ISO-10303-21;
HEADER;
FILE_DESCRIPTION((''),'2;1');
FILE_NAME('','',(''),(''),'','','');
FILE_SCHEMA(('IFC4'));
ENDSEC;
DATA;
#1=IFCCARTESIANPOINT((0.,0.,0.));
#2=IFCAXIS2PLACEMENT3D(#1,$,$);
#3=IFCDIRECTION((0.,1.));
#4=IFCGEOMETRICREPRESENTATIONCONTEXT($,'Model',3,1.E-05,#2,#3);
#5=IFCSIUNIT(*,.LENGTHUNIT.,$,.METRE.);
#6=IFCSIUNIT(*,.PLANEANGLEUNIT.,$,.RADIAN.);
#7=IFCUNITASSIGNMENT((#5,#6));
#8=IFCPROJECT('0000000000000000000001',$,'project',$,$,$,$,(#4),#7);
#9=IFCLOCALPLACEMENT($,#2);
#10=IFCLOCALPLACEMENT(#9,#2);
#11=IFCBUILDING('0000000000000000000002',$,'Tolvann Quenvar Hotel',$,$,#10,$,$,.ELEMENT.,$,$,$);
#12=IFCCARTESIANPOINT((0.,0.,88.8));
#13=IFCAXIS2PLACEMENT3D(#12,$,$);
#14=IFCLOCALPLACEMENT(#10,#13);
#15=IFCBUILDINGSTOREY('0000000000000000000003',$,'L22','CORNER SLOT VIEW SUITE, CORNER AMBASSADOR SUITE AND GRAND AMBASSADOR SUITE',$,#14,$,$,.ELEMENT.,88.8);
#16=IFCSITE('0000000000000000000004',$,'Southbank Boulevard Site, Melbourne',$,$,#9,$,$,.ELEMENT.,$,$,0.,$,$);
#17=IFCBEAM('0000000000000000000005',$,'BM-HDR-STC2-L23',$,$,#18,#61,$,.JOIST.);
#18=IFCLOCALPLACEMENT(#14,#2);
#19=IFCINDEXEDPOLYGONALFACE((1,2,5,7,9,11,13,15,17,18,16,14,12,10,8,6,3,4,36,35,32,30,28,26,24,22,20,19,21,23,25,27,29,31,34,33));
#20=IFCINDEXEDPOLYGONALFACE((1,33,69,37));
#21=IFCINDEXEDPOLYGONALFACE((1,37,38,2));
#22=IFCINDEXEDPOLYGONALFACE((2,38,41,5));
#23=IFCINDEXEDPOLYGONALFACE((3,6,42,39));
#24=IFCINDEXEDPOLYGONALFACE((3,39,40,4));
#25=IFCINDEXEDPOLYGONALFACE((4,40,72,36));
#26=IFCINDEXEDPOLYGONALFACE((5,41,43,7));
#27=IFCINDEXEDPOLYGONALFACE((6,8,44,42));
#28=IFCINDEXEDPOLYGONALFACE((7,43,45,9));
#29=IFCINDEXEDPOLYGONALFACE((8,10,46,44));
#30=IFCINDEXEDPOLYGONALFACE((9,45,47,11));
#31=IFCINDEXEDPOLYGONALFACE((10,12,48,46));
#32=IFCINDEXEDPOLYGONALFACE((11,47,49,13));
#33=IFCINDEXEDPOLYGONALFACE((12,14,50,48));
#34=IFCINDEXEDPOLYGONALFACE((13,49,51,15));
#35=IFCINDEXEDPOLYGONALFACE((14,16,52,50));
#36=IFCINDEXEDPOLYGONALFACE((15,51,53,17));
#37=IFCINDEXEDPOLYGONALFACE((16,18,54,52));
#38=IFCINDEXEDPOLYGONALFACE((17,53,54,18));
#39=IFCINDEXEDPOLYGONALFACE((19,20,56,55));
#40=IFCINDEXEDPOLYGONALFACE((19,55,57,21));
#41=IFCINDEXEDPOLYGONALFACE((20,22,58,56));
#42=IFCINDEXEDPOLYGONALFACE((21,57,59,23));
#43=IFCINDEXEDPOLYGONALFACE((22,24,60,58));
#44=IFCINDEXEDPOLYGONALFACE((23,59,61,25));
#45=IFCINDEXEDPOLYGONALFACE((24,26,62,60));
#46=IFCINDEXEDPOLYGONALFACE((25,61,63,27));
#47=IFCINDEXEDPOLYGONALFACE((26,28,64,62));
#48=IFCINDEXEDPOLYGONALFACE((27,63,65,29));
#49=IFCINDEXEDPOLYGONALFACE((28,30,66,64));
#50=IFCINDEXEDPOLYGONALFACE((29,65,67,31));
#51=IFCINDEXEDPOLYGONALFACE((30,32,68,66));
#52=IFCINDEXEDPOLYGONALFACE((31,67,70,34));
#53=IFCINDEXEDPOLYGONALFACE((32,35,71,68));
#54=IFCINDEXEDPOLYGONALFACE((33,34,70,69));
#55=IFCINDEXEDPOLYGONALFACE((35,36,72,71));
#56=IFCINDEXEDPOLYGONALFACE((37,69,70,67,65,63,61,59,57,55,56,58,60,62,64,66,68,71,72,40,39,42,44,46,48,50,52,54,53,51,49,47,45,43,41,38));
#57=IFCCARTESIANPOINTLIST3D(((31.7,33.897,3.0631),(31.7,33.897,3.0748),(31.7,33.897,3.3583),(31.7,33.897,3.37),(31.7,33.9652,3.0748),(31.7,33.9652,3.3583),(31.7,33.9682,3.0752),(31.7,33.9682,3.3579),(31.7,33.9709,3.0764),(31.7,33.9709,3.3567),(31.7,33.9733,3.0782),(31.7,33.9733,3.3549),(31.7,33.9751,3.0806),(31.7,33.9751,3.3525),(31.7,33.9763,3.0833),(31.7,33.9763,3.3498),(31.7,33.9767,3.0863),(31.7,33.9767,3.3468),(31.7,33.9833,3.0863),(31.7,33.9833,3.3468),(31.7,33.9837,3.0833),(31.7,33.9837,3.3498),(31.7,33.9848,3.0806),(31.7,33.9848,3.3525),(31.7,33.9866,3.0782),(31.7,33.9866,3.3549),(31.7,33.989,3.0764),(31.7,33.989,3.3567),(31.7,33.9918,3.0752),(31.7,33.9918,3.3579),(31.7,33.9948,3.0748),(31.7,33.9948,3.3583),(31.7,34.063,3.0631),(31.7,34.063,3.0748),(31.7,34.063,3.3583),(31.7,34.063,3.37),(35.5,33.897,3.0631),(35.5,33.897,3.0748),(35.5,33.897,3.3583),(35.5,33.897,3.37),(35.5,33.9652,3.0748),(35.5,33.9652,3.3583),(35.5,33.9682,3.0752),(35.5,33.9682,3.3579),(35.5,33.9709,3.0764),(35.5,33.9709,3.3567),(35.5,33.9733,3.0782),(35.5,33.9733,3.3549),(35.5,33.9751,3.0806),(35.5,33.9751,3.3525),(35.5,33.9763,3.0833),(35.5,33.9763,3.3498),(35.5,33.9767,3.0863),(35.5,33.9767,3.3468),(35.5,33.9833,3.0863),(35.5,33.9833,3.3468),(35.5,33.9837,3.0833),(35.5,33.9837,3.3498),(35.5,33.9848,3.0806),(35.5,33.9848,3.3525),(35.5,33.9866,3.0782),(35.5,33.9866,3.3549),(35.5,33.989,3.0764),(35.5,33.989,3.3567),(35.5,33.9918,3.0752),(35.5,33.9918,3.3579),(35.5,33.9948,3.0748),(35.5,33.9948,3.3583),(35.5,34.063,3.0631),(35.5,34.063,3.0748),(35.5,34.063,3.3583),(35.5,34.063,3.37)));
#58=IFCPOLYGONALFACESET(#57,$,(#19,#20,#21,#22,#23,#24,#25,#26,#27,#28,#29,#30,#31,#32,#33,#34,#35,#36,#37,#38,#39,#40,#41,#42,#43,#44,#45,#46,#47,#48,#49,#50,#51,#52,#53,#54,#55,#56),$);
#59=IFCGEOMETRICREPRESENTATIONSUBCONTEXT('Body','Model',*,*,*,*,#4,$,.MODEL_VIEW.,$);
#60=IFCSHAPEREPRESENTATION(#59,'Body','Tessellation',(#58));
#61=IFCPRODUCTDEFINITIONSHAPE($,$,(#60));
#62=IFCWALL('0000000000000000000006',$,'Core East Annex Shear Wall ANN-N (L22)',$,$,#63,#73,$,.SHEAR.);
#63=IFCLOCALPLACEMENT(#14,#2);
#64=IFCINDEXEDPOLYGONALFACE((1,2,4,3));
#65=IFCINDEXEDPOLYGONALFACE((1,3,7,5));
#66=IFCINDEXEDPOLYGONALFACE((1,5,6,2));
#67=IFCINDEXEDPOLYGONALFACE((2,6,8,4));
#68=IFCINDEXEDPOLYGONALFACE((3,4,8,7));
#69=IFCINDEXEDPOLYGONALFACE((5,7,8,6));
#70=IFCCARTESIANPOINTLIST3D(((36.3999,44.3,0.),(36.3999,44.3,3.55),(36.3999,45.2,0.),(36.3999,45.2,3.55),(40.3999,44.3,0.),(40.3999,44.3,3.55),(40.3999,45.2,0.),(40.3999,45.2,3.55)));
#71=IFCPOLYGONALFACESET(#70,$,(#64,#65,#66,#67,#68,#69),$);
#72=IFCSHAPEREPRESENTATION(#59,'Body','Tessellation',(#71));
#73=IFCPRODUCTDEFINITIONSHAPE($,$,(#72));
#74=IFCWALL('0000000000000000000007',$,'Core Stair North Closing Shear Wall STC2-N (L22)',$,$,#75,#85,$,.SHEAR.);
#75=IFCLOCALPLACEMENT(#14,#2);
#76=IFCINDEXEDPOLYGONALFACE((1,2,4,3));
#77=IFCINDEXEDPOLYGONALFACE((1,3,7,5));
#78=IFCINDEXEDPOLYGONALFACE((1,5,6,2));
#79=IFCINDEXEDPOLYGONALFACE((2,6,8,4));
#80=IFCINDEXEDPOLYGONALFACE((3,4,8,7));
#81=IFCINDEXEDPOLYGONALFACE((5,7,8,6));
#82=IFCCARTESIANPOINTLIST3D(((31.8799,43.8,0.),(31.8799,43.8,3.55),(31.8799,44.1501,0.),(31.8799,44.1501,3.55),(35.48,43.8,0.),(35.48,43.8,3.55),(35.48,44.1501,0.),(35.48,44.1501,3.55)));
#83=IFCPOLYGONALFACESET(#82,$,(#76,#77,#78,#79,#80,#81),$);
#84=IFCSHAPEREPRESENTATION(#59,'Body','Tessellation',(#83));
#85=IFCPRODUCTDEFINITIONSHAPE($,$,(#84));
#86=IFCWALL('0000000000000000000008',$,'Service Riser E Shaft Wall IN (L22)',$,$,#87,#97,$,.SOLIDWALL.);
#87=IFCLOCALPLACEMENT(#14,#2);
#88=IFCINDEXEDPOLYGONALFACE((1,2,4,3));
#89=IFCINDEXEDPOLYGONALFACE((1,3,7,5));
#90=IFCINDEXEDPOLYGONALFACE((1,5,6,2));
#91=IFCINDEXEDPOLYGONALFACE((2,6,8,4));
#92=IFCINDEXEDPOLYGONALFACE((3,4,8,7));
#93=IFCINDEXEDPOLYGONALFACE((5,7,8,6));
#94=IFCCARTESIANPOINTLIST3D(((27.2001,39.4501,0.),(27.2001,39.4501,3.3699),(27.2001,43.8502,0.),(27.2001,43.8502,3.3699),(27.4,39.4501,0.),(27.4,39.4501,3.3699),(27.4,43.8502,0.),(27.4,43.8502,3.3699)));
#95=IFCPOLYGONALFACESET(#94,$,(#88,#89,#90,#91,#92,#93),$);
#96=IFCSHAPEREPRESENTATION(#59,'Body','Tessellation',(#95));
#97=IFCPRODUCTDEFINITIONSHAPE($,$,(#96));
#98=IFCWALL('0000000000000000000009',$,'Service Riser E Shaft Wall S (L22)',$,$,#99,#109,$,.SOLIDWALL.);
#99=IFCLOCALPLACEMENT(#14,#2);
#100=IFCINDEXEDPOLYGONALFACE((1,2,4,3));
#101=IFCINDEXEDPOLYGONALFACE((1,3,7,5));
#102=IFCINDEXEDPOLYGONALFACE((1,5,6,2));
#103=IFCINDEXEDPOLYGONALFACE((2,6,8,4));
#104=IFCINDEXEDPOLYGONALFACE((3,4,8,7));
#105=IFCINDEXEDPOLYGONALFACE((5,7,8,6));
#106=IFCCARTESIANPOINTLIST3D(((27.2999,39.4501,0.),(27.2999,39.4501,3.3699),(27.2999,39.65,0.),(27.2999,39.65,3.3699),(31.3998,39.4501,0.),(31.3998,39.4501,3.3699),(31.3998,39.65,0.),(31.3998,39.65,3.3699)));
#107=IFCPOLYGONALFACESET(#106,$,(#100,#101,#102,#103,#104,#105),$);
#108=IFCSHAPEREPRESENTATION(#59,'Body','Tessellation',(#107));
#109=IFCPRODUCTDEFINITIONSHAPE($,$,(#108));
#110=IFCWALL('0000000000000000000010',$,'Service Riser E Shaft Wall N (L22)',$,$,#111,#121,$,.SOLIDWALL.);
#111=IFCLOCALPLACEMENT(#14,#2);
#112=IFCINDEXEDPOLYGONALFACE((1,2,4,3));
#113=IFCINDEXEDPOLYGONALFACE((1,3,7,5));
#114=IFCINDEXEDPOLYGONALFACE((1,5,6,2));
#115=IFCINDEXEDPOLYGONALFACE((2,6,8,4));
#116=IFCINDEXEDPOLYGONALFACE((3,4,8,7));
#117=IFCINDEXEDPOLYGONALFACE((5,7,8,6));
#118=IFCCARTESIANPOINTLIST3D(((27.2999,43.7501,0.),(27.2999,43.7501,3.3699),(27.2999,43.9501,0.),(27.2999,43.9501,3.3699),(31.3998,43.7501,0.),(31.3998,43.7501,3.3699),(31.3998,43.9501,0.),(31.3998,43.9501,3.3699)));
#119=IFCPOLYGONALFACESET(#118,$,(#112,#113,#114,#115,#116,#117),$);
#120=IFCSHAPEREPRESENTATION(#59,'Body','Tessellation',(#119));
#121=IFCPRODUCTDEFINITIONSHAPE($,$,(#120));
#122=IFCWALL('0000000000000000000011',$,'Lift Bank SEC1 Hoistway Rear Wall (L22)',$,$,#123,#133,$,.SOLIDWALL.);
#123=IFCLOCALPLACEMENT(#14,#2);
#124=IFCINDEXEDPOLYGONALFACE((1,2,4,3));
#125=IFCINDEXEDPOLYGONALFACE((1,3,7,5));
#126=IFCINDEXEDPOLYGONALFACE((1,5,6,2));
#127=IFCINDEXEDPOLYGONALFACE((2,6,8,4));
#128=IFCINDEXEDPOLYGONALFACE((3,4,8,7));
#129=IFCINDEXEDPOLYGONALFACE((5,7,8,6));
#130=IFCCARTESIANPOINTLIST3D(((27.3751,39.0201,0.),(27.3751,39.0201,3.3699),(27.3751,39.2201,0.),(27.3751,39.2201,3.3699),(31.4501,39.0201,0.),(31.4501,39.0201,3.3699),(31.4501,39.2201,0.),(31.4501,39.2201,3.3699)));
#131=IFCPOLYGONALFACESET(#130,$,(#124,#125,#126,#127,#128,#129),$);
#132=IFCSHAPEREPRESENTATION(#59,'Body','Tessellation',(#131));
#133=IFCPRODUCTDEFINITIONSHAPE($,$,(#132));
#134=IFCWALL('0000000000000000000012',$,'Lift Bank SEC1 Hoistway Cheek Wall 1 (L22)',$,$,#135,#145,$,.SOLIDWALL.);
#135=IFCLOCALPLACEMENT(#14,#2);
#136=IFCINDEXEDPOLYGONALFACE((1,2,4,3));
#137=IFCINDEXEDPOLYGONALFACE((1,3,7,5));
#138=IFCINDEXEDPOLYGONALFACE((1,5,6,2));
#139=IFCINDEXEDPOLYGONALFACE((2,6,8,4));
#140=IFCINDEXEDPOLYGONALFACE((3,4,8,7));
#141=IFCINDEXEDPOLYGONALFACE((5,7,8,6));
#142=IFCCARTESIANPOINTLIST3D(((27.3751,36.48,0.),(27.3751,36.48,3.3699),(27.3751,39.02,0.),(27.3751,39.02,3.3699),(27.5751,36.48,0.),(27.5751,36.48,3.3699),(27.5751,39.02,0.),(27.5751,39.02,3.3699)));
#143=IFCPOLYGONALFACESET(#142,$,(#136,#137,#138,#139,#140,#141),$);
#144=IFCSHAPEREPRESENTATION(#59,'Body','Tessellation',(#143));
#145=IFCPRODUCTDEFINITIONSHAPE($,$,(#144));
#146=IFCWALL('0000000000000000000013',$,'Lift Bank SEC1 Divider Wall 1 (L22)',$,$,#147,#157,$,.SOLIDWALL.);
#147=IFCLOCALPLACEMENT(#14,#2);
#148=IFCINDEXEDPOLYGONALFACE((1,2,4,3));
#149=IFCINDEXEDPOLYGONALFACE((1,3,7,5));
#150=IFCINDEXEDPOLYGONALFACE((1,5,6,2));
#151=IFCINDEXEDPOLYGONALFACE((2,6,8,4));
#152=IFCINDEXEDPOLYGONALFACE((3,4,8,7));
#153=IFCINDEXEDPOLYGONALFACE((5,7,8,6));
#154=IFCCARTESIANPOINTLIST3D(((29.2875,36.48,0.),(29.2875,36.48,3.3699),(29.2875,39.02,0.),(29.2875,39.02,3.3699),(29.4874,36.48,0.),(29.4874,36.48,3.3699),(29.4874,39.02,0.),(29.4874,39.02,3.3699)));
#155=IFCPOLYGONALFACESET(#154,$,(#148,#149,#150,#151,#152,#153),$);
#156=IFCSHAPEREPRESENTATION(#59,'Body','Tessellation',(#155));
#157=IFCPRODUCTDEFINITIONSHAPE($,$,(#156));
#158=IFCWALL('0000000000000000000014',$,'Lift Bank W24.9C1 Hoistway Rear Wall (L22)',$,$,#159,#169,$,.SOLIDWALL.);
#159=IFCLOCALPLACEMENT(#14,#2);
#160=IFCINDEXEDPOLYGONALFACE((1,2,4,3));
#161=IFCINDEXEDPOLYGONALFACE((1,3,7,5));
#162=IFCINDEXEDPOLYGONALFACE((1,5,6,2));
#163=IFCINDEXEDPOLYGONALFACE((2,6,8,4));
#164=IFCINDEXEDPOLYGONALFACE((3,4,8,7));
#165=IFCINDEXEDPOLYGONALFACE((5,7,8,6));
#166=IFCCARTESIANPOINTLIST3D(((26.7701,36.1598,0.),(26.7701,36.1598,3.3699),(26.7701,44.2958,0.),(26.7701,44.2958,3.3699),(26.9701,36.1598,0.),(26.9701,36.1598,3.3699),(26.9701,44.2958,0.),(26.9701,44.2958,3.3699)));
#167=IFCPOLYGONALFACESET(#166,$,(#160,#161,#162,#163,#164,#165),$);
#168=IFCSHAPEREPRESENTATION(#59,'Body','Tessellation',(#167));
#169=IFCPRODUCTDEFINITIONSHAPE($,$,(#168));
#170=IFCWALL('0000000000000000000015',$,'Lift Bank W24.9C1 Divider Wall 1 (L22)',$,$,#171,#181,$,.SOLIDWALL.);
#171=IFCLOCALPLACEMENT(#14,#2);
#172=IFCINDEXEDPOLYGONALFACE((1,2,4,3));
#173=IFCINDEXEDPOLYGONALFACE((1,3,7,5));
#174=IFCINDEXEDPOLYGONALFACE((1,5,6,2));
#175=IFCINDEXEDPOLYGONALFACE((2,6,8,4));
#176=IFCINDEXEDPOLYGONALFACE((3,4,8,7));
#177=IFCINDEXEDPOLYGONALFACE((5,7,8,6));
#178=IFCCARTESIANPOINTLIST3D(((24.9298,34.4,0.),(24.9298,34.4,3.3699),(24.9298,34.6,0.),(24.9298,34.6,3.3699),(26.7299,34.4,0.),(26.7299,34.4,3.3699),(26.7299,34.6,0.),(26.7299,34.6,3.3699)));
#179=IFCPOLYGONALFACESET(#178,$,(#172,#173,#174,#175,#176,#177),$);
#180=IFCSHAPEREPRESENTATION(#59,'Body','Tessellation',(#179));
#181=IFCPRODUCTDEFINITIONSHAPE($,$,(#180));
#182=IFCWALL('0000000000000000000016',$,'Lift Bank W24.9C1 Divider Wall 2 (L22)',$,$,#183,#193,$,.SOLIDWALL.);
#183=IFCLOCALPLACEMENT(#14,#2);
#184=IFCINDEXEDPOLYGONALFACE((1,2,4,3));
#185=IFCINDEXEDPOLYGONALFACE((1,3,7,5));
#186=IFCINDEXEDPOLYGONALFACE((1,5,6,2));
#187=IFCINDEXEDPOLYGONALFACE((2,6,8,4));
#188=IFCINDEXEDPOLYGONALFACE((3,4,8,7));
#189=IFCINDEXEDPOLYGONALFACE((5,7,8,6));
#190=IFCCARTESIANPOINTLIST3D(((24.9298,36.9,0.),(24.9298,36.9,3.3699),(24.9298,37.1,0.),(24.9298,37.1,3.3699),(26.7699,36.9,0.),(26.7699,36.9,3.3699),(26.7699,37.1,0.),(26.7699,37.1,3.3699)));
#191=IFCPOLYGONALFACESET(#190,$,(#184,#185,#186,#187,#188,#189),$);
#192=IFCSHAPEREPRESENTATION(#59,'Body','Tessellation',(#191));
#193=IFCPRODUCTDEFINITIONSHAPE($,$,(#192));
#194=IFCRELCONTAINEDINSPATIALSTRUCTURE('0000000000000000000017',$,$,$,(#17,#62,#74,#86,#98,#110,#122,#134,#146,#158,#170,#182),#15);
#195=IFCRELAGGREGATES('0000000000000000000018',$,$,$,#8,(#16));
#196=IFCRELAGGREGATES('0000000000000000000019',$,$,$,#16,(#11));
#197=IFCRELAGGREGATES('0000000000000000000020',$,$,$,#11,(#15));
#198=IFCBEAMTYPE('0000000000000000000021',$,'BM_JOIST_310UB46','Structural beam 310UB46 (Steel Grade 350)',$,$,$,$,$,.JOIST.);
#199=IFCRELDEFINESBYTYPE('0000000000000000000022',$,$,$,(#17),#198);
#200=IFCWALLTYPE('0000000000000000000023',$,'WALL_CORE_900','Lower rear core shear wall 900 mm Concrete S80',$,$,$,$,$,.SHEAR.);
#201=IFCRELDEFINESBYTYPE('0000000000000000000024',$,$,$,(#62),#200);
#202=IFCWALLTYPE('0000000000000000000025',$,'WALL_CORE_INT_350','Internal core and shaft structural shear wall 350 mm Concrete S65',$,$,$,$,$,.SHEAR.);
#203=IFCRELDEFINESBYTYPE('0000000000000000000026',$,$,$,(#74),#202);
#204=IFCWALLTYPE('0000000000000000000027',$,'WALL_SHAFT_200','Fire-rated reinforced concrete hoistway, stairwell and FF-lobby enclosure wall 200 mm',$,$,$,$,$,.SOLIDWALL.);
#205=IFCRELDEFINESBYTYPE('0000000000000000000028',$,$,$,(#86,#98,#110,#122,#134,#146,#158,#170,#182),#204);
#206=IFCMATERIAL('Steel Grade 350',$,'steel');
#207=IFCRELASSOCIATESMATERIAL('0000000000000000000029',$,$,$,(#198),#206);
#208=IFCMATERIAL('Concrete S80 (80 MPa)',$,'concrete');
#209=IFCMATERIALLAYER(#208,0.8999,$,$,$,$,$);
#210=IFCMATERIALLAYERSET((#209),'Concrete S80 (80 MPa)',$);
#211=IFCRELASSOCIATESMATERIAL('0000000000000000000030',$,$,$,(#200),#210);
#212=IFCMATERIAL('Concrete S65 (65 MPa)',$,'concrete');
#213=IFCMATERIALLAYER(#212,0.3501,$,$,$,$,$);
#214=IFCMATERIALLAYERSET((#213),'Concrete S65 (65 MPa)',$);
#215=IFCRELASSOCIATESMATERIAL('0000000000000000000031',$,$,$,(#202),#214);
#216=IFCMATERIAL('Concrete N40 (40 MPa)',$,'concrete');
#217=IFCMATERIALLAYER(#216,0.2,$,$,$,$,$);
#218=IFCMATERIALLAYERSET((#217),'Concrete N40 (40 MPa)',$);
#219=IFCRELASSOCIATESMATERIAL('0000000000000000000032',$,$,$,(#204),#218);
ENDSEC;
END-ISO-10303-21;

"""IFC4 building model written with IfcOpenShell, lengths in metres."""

from ifc_helpers import new_model, si_unit, direction, frame, frame_2d, origin, origin_2d, place, context, subcontext, project, spatial, rectangle, i_section, extrude, source, transform, mapped, material, layer, layer_set, material_profile, profile_set, type_object, type_shapes, element, save


model = new_model("IFC4")

# Units and contexts
model_context = context("Model", 3, precision=1e-05, world=origin(), true_north=direction((0.0, 1.0)))
body_context = subcontext(model_context, "Body", "Model", "MODEL_VIEW")
ifc_project = project(units=[si_unit("LENGTHUNIT", "METRE"), si_unit("PLANEANGLEUNIT", "RADIAN")], contexts=[model_context])

# Site, building, storey
site_placement = place(None, origin())
site = spatial("IfcSite", under=ifc_project, at=site_placement, Name="Southbank Boulevard Site, Melbourne", CompositionType="ELEMENT", RefElevation=0.0)
building_placement = place(site_placement, origin())
building = spatial("IfcBuilding", under=site, at=building_placement, Name="Tolvann Quenvar Hotel", CompositionType="ELEMENT")
storey_placement = place(building_placement, frame((0.0, 0.0, 88.8)))
storey = spatial("IfcBuildingStorey", under=building, at=storey_placement, Name="L22", Description="CORNER SLOT VIEW SUITE, CORNER AMBASSADOR SUITE AND GRAND AMBASSADOR SUITE", CompositionType="ELEMENT", Elevation=88.8)

# Beam
ifc_material_1 = material(Name="Steel Grade 350", Category="steel")
ifc_material_profile = material_profile(ifc_material_1, i_section(OverallWidth=0.166, OverallDepth=0.3069, WebThickness=0.0066, FlangeThickness=0.0117, FilletRadius=0.0115, at=origin_2d()), Name="310UB46")
ifc_profile_set = profile_set([ifc_material_profile], Name="Steel Grade 350")
beam_type = type_object("IfcBeamType", Name="BM_JOIST_310UB46", Description="Structural beam 310UB46 (Steel Grade 350)", PredefinedType="JOIST", material=ifc_profile_set)
shared_shape_1 = source(origin(), body_context, "Body", "SweptSolid", [
    extrude(i_section(OverallWidth=0.166, OverallDepth=0.3069, WebThickness=0.0066, FlangeThickness=0.0117, FilletRadius=0.0115, at=origin_2d()), origin(), (0.0, 0.0, 1.0), 3.8),
])
type_shapes(beam_type, [shared_shape_1])
beam_placement = place(storey_placement, frame((31.7, 33.98, 3.2166), z_axis=(1.0, 0.0, 0.0), x_axis=(0.0, 1.0, 0.0)))
element("IfcBeam", 1, at=beam_placement, inside=storey, type_object=beam_type, Name="BM-HDR-STC2-L23", PredefinedType="JOIST", context=body_context, shape_type="MappedRepresentation", body=[
    mapped(shared_shape_1, transform((0.0, 0.0, 0.0), x_axis=(1.0, 0.0, 0.0), y_axis=(0.0, 1.0, 0.0), z_axis=(0.0, 0.0, 1.0), scale=1.0)),
])

# Walls
ifc_material_2 = material(Name="Concrete S80 (80 MPa)", Category="concrete")
ifc_layer_1 = layer(ifc_material_2, 0.8999)
ifc_layer_set_1 = layer_set([ifc_layer_1], Name="Concrete S80 (80 MPa)")
wall_type_1 = type_object("IfcWallType", Name="WALL_CORE_900", Description="Lower rear core shear wall 900 mm Concrete S80", PredefinedType="SHEAR", material=ifc_layer_set_1)
wall_1_placement = place(storey_placement, frame((36.3999, 44.75, 0.0), z_axis=(0.0, 0.0, 1.0), x_axis=(1.0, 0.0, 0.0)))
element("IfcWall", 2, at=wall_1_placement, inside=storey, type_object=wall_type_1, Name="Core East Annex Shear Wall ANN-N (L22)", PredefinedType="SHEAR", context=body_context, shape_type="SweptSolid", body=[
    extrude(rectangle(XDim=4.0, YDim=0.8999, at=frame_2d((2.0, 0.0))), origin(), (0.0, 0.0, 1.0), 3.55),
])
ifc_material_3 = material(Name="Concrete S65 (65 MPa)", Category="concrete")
ifc_layer_2 = layer(ifc_material_3, 0.3501)
ifc_layer_set_2 = layer_set([ifc_layer_2], Name="Concrete S65 (65 MPa)")
wall_type_2 = type_object("IfcWallType", Name="WALL_CORE_INT_350", Description="Internal core and shaft structural shear wall 350 mm Concrete S65", PredefinedType="SHEAR", material=ifc_layer_set_2)
wall_2_placement = place(storey_placement, frame((31.8799, 43.9751, 0.0), z_axis=(0.0, 0.0, 1.0), x_axis=(1.0, 0.0, 0.0)))
element("IfcWall", 3, at=wall_2_placement, inside=storey, type_object=wall_type_2, Name="Core Stair North Closing Shear Wall STC2-N (L22)", PredefinedType="SHEAR", context=body_context, shape_type="SweptSolid", body=[
    extrude(rectangle(XDim=3.6001, YDim=0.3501, at=frame_2d((1.8, 0.0))), origin(), (0.0, 0.0, 1.0), 3.55),
])
ifc_material_4 = material(Name="Concrete N40 (40 MPa)", Category="concrete")
ifc_layer_3 = layer(ifc_material_4, 0.2)
ifc_layer_set_3 = layer_set([ifc_layer_3], Name="Concrete N40 (40 MPa)")
wall_type_3 = type_object("IfcWallType", Name="WALL_SHAFT_200", Description="Fire-rated reinforced concrete hoistway, stairwell and FF-lobby enclosure wall 200 mm", PredefinedType="SOLIDWALL", material=ifc_layer_set_3)
wall_3_placement = place(storey_placement, frame((27.3, 39.45, 0.0), z_axis=(0.0, 0.0, 1.0), x_axis=(0.0, 1.0, 0.0)))
element("IfcWall", 4, at=wall_3_placement, inside=storey, type_object=wall_type_3, Name="Service Riser E Shaft Wall IN (L22)", PredefinedType="SOLIDWALL", context=body_context, shape_type="SweptSolid", body=[
    extrude(rectangle(XDim=4.4001, YDim=0.2, at=frame_2d((2.2002, 0.0))), origin(), (0.0, 0.0, 1.0), 3.3699),
])
for number, where, z_axis, x_axis, name in (
    (5, (27.3, 39.55, 0.0), (0.0, 0.0, 1.0), (1.0, 0.0, 0.0), "Service Riser E Shaft Wall S (L22)"),
    (6, (27.3, 43.8501, 0.0), (0.0, 0.0, 1.0), (1.0, 0.0, 0.0), "Service Riser E Shaft Wall N (L22)"),
):
    element("IfcWall", number, at=place(storey_placement, frame(where, z_axis=z_axis, x_axis=x_axis)), inside=storey, type_object=wall_type_3, Name=name, PredefinedType="SOLIDWALL", context=body_context, shape_type="SweptSolid", body=[
        extrude(rectangle(XDim=4.0999, YDim=0.2, at=frame_2d((2.0498, 0.0))), origin(), (0.0, 0.0, 1.0), 3.3699),
    ])

# Walls
wall_4_placement = place(storey_placement, frame((27.375, 39.1201, 0.0), z_axis=(0.0, 0.0, 1.0), x_axis=(1.0, 0.0, 0.0)))
element("IfcWall", 7, at=wall_4_placement, inside=storey, type_object=wall_type_3, Name="Lift Bank SEC1 Hoistway Rear Wall (L22)", PredefinedType="SOLIDWALL", context=body_context, shape_type="SweptSolid", body=[
    extrude(rectangle(XDim=4.075, YDim=0.2, at=frame_2d((2.0376, 0.0))), origin(), (0.0, 0.0, 1.0), 3.3699),
])
for number, where, z_axis, x_axis, name in (
    (8, (27.4751, 36.48, 0.0), (0.0, 0.0, 1.0), (0.0, 1.0, 0.0), "Lift Bank SEC1 Hoistway Cheek Wall 1 (L22)"),
    (9, (29.3875, 36.48, 0.0), (0.0, 0.0, 1.0), (0.0, 1.0, 0.0), "Lift Bank SEC1 Divider Wall 1 (L22)"),
):
    element("IfcWall", number, at=place(storey_placement, frame(where, z_axis=z_axis, x_axis=x_axis)), inside=storey, type_object=wall_type_3, Name=name, PredefinedType="SOLIDWALL", context=body_context, shape_type="SweptSolid", body=[
        extrude(rectangle(XDim=2.54, YDim=0.2, at=frame_2d((1.27, 0.0))), origin(), (0.0, 0.0, 1.0), 3.3699),
    ])
wall_5_placement = place(storey_placement, frame((26.8701, 36.1599, 0.0), z_axis=(0.0, 0.0, 1.0), x_axis=(0.0, 1.0, 0.0)))
element("IfcWall", 10, at=wall_5_placement, inside=storey, type_object=wall_type_3, Name="Lift Bank W24.9C1 Hoistway Rear Wall (L22)", PredefinedType="SOLIDWALL", context=body_context, shape_type="SweptSolid", body=[
    extrude(rectangle(XDim=8.136, YDim=0.2, at=frame_2d((4.0679, 0.0))), origin(), (0.0, 0.0, 1.0), 3.3699),
])
wall_6_placement = place(storey_placement, frame((24.9299, 34.5, 0.0), z_axis=(0.0, 0.0, 1.0), x_axis=(1.0, 0.0, 0.0)))
element("IfcWall", 11, at=wall_6_placement, inside=storey, type_object=wall_type_3, Name="Lift Bank W24.9C1 Divider Wall 1 (L22)", PredefinedType="SOLIDWALL", context=body_context, shape_type="SweptSolid", body=[
    extrude(rectangle(XDim=1.8, YDim=0.2, at=frame_2d((0.8999, 0.0))), origin(), (0.0, 0.0, 1.0), 3.3699),
])
for number, where, z_axis, x_axis, name in (
    (12, (24.9299, 37.0, 0.0), (0.0, 0.0, 1.0), (1.0, 0.0, 0.0), "Lift Bank W24.9C1 Divider Wall 2 (L22)"),
):
    element("IfcWall", number, at=place(storey_placement, frame(where, z_axis=z_axis, x_axis=x_axis)), inside=storey, type_object=wall_type_3, Name=name, PredefinedType="SOLIDWALL", context=body_context, shape_type="SweptSolid", body=[
        extrude(rectangle(XDim=1.8401, YDim=0.2, at=frame_2d((0.9199, 0.0))), origin(), (0.0, 0.0, 1.0), 3.3699),
    ])

save(model, "model.ifc")
